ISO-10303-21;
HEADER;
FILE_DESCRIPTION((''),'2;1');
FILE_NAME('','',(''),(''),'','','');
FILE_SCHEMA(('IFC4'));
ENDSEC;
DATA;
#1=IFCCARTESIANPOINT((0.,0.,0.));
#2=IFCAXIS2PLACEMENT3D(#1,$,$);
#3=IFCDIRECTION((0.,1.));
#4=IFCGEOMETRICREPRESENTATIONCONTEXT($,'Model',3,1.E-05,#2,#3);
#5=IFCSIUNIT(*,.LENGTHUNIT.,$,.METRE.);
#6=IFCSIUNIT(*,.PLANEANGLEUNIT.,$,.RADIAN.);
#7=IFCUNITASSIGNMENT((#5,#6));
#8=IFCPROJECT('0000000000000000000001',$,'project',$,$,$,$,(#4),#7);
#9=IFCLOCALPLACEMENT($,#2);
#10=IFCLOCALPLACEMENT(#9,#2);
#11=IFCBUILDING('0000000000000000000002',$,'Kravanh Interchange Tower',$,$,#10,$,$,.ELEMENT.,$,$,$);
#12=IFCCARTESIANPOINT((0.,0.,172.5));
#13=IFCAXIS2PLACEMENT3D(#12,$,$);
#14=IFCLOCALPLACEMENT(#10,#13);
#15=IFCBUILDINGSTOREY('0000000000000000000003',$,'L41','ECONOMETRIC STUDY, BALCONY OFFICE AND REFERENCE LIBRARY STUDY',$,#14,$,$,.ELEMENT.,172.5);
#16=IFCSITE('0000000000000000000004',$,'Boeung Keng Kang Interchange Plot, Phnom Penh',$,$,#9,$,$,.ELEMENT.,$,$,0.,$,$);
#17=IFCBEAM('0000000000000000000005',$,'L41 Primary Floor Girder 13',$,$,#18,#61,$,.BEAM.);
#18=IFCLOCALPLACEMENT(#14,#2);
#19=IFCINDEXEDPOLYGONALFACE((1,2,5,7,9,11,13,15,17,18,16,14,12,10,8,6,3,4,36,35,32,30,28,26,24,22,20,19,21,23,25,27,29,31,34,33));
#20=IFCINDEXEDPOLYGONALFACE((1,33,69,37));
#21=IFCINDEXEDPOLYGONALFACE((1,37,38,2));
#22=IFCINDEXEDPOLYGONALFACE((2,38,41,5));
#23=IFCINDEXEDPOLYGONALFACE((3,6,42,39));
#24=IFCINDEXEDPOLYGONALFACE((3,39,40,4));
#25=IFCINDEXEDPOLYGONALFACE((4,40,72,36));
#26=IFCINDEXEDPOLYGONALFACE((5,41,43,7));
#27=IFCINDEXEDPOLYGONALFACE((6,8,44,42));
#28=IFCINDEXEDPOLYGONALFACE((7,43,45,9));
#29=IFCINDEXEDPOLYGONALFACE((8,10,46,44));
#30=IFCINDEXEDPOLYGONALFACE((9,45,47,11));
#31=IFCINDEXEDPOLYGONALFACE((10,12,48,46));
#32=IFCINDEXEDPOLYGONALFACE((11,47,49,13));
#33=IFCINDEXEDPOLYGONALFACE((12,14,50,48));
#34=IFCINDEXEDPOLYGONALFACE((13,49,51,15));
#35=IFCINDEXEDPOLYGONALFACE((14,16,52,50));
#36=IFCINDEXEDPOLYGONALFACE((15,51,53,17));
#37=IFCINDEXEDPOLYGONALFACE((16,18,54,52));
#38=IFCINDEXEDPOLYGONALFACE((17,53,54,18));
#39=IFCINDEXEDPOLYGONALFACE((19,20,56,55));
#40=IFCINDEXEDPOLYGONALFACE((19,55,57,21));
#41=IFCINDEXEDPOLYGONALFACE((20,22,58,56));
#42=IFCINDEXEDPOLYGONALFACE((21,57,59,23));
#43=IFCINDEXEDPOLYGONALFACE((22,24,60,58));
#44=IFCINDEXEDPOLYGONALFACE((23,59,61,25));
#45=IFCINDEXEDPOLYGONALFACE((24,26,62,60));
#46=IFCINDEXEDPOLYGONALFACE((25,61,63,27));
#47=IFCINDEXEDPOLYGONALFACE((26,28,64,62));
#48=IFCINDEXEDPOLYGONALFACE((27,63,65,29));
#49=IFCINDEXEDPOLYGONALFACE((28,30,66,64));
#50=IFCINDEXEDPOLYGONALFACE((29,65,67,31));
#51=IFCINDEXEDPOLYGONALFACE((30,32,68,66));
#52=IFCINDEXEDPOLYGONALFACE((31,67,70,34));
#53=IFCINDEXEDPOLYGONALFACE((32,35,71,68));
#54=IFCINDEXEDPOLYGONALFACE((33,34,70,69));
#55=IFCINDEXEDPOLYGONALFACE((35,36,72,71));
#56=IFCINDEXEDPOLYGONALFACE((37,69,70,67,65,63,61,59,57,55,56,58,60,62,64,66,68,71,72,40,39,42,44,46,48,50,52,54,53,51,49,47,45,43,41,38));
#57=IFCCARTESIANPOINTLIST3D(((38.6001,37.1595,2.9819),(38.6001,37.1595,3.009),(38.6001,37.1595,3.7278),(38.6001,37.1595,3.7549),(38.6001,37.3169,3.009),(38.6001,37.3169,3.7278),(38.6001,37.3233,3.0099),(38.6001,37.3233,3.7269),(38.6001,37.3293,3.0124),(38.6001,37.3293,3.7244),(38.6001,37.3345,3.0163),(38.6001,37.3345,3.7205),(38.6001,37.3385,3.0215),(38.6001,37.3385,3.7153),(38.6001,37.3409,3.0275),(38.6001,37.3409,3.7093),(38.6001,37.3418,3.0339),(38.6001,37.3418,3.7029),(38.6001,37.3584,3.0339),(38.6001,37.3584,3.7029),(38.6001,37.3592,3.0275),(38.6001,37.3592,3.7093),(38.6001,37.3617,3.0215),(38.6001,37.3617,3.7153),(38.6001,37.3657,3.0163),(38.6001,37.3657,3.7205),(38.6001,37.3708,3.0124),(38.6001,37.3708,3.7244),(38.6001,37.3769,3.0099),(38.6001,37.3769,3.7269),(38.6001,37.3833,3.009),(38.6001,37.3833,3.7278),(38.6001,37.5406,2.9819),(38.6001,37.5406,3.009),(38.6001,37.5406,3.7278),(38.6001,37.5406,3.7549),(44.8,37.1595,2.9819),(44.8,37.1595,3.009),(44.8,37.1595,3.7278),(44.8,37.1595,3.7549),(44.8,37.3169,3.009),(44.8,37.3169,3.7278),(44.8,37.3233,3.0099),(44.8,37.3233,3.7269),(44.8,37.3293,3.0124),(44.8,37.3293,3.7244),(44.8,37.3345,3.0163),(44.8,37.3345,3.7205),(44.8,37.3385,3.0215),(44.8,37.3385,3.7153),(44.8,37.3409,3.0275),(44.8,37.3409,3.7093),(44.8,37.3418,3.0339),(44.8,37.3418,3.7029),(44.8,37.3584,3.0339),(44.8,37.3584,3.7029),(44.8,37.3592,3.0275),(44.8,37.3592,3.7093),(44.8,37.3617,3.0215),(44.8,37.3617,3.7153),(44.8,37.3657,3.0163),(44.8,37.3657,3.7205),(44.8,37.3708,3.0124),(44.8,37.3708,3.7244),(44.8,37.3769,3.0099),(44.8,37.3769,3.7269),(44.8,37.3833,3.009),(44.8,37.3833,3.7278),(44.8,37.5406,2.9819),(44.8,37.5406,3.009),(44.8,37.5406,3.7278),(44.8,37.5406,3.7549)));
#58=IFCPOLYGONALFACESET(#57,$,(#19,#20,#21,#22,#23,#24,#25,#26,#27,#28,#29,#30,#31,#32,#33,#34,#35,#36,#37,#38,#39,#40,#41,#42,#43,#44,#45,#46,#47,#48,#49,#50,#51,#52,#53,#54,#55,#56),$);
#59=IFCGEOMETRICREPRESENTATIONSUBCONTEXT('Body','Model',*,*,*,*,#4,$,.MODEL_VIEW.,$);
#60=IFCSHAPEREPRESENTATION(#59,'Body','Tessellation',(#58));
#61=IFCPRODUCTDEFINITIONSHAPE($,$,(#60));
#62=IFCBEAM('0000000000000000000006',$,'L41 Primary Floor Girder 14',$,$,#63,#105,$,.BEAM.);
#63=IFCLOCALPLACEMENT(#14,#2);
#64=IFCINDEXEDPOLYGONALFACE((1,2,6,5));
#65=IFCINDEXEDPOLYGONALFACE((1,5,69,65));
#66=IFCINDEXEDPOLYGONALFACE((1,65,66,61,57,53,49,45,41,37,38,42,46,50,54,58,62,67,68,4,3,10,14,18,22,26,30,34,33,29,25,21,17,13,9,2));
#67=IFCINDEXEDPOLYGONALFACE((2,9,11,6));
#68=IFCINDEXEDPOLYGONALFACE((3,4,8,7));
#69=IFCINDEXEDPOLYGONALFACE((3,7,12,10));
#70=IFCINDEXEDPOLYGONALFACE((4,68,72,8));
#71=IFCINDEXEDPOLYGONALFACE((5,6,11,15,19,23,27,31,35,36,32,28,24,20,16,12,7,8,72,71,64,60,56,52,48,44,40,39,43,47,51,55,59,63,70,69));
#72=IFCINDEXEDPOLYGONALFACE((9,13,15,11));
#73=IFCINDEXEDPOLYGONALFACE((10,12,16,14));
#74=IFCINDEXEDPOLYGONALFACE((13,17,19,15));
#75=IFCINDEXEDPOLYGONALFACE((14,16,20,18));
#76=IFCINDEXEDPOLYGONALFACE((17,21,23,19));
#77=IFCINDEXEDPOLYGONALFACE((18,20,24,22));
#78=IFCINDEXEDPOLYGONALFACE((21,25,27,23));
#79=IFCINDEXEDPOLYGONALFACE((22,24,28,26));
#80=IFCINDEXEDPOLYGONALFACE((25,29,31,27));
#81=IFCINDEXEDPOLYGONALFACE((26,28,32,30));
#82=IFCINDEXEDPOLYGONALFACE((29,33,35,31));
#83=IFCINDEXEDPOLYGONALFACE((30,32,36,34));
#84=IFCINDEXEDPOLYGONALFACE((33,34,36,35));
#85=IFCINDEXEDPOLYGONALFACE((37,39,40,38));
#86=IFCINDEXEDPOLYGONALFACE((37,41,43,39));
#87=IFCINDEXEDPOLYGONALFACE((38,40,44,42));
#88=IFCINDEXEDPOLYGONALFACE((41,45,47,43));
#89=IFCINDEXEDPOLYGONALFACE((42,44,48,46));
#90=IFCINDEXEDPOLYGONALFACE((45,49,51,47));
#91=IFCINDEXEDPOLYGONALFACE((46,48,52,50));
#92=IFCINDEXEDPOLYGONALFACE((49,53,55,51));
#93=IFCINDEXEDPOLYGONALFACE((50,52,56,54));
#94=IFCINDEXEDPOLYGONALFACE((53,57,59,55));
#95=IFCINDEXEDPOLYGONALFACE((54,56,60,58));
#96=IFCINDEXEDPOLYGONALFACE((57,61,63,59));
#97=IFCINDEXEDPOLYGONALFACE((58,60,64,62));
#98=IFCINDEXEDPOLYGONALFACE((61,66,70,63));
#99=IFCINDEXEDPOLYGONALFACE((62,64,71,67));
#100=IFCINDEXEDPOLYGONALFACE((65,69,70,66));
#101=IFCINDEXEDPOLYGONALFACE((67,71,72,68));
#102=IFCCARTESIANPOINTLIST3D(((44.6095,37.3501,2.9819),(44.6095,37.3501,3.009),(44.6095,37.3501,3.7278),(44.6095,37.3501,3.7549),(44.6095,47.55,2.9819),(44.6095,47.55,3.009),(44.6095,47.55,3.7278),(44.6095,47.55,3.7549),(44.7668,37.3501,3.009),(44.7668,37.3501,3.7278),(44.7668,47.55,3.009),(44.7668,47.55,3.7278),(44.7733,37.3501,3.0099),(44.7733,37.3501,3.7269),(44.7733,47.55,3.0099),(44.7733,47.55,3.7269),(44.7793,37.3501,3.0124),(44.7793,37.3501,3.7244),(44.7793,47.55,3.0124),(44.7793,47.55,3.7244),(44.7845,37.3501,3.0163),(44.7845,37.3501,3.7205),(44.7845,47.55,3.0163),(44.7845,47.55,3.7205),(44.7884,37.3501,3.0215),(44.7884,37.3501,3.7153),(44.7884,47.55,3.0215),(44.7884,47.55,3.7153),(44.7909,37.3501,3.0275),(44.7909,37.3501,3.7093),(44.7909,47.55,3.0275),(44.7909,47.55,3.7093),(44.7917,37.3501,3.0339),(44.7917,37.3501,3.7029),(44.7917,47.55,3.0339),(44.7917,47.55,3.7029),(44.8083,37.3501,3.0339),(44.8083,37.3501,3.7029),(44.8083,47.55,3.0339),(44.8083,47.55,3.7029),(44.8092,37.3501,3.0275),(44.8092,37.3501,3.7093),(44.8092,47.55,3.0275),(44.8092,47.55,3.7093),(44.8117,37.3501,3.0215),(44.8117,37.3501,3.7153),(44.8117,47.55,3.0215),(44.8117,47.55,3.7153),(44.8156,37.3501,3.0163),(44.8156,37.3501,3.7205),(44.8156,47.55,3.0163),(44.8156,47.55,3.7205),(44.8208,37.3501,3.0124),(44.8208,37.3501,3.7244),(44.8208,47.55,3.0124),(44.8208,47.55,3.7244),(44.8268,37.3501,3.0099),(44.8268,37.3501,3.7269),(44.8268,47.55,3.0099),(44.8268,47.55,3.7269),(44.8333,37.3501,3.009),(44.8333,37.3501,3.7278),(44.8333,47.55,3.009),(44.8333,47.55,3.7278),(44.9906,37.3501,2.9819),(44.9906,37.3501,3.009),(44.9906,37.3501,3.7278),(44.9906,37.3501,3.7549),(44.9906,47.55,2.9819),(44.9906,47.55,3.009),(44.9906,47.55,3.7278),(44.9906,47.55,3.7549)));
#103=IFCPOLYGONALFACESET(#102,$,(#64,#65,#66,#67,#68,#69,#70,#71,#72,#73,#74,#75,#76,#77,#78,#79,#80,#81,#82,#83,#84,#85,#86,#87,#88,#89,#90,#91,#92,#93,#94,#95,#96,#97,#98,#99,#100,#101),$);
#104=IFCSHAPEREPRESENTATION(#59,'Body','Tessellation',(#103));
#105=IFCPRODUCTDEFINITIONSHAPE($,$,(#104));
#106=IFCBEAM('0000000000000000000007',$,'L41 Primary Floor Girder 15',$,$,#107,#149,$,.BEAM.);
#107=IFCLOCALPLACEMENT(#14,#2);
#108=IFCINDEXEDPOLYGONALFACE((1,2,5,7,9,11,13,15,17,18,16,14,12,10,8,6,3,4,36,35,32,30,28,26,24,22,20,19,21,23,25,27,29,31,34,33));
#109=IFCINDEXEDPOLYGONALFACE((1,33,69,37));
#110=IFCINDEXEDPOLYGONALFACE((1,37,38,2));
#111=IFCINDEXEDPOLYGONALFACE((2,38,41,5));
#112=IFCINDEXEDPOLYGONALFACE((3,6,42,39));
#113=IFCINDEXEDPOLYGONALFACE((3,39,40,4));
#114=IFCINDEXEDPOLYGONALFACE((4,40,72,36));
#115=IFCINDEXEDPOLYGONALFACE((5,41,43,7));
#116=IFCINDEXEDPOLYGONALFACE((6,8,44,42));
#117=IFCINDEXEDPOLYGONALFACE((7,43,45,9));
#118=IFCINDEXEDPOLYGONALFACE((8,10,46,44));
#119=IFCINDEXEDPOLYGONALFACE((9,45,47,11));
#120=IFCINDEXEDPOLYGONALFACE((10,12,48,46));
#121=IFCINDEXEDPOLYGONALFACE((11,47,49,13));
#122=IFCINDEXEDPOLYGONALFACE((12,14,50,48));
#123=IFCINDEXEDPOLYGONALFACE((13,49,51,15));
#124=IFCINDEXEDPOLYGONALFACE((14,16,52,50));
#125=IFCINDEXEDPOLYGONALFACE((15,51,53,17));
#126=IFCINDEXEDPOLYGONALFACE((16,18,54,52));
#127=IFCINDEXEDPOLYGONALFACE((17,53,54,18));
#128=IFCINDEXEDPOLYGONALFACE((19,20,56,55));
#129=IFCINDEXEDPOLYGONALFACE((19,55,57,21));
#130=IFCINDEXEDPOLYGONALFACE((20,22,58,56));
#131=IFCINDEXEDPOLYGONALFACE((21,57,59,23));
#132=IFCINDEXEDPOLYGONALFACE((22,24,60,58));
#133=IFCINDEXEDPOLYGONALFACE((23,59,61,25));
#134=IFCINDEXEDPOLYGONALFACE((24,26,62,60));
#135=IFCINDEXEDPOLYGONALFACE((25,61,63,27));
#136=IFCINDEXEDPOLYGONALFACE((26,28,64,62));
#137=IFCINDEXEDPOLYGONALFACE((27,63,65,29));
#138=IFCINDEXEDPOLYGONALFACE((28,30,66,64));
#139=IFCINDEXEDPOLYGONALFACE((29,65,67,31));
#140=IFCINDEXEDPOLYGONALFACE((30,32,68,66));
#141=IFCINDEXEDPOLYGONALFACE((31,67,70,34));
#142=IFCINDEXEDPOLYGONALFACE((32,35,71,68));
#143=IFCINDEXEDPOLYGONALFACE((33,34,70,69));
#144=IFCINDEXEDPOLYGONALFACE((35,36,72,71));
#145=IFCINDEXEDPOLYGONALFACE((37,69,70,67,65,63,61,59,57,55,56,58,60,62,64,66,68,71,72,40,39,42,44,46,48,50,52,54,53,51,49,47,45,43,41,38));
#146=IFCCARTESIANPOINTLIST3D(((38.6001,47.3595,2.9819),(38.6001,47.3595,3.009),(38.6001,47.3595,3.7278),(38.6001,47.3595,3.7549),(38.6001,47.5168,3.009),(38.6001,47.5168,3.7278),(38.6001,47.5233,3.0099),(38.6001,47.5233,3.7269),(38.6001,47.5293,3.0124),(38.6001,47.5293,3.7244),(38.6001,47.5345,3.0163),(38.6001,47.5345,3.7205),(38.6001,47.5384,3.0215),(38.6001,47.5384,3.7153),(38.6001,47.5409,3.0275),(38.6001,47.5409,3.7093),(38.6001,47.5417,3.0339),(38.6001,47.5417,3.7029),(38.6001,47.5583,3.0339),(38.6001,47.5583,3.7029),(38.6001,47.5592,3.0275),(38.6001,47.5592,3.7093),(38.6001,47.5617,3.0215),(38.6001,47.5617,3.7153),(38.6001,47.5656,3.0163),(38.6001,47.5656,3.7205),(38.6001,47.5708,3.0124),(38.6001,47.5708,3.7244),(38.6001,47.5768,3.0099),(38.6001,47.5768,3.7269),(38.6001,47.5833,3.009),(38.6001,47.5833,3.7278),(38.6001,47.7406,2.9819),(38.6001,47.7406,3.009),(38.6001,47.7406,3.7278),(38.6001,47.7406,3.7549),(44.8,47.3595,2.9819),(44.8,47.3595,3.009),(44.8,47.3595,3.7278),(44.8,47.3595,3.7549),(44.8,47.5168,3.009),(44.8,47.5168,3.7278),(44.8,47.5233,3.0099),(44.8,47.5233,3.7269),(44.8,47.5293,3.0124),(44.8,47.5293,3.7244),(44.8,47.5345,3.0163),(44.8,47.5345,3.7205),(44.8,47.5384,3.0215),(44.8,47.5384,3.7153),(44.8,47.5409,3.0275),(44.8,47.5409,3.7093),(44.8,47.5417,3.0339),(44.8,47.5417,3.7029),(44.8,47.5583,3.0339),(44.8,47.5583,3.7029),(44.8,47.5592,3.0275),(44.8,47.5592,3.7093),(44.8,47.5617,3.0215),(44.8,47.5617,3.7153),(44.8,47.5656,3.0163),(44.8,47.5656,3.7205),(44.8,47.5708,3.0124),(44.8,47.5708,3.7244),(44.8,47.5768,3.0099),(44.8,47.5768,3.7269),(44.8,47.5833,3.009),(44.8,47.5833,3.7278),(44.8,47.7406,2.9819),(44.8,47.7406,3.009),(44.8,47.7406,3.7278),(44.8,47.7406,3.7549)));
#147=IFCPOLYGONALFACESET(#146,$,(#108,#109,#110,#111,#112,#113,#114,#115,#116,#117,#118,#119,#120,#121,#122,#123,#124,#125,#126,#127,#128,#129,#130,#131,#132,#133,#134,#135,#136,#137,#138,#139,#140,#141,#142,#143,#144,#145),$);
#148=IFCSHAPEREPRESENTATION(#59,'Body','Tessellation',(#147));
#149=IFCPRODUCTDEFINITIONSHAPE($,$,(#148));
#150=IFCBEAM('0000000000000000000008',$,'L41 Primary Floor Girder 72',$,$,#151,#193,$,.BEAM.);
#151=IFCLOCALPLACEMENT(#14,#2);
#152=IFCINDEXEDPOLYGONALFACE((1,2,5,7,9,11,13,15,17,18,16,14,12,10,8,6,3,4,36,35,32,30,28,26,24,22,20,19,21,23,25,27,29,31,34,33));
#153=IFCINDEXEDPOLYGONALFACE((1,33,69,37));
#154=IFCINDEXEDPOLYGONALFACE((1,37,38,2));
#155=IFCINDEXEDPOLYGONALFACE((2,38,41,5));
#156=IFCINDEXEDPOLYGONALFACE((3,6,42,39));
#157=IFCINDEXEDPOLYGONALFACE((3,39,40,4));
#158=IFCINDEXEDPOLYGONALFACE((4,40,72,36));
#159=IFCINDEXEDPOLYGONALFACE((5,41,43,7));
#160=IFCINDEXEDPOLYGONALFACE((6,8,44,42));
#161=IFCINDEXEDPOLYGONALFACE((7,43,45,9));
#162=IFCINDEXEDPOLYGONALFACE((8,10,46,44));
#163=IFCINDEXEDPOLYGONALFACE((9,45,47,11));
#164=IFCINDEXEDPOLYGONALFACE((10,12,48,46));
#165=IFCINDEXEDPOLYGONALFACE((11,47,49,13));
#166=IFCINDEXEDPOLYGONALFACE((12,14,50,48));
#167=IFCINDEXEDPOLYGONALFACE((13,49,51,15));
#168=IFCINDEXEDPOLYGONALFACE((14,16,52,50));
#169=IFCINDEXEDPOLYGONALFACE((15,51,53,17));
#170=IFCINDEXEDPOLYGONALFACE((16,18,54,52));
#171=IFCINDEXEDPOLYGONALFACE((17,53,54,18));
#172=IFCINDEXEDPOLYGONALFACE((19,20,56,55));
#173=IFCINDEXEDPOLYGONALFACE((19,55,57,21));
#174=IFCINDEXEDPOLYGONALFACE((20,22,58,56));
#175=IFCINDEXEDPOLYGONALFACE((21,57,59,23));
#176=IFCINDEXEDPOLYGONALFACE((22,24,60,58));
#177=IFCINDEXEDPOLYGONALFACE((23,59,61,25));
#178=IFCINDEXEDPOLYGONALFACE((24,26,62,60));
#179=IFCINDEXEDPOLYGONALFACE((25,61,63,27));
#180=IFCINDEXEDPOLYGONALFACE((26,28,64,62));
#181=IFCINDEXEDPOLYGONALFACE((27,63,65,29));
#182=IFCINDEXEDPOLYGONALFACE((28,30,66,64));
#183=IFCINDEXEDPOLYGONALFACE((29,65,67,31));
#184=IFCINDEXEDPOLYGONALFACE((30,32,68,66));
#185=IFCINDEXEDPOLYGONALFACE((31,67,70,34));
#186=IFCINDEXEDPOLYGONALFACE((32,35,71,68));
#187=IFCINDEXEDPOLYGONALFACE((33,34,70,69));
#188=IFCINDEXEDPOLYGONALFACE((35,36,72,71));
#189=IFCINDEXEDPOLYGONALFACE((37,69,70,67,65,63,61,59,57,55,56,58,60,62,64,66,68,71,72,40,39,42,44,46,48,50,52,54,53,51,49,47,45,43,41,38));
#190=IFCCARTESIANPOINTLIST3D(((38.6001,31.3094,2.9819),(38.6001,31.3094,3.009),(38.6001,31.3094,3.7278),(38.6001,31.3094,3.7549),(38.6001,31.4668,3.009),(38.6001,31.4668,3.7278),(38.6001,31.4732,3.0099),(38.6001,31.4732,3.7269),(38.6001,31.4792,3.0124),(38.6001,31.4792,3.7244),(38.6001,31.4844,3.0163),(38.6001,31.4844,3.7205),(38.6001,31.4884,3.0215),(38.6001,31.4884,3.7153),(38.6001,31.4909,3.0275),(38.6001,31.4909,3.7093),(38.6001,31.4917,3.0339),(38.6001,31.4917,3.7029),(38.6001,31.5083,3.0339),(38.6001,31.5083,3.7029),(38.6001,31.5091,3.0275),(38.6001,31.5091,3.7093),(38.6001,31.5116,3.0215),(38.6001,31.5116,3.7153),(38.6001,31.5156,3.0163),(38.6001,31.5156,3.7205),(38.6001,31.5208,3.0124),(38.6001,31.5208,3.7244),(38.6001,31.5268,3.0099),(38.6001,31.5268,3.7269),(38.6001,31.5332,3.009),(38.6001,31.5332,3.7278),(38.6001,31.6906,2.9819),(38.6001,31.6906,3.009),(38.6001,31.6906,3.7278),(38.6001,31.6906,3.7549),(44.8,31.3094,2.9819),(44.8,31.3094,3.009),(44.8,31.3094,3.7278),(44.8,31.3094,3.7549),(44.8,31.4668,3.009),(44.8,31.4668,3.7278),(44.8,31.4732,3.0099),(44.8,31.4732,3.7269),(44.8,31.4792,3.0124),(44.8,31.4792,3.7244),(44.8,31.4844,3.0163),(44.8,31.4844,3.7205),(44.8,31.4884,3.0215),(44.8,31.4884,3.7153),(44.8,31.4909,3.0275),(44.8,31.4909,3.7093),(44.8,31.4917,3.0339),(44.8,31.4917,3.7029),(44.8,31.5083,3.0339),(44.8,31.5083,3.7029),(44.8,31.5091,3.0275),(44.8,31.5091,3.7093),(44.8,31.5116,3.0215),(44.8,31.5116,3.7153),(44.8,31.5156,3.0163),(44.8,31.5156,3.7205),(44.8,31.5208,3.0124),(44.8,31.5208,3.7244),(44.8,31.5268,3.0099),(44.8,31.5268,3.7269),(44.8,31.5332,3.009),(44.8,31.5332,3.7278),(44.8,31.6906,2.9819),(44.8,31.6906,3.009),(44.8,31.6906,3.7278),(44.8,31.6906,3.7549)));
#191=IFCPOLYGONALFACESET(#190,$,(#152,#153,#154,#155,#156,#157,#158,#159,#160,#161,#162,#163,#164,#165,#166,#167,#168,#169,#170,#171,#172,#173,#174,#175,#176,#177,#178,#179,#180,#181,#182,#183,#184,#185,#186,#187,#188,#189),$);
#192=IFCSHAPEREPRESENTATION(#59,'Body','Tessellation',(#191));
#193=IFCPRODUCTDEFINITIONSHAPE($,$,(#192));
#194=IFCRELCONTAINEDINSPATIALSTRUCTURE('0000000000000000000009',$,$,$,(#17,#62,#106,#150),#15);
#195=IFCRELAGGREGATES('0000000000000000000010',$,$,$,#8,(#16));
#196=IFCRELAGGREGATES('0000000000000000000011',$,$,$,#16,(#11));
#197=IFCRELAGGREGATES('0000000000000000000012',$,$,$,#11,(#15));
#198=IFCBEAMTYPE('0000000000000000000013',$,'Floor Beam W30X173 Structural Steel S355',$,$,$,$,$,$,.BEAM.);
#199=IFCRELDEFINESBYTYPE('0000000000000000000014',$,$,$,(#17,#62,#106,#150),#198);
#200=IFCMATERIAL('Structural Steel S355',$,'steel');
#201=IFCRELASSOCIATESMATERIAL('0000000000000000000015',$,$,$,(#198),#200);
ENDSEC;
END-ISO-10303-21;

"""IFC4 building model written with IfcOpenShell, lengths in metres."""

from ifc_helpers import new_model, si_unit, direction, frame, origin, origin_2d, place, context, subcontext, project, spatial, i_section, extrude, material, material_profile, profile_set, type_object, element, save


model = new_model("IFC4")

# Units and contexts
model_context = context("Model", 3, precision=1e-05, world=origin(), true_north=direction((0.0, 1.0)))
body_context = subcontext(model_context, "Body", "Model", "MODEL_VIEW")
ifc_project = project(units=[si_unit("LENGTHUNIT", "METRE"), si_unit("PLANEANGLEUNIT", "RADIAN")], contexts=[model_context])

# Site, building, storey
site_placement = place(None, origin())
site = spatial("IfcSite", under=ifc_project, at=site_placement, Name="Boeung Keng Kang Interchange Plot, Phnom Penh", CompositionType="ELEMENT", RefElevation=0.0)
building_placement = place(site_placement, origin())
building = spatial("IfcBuilding", under=site, at=building_placement, Name="Kravanh Interchange Tower", CompositionType="ELEMENT")
storey_placement = place(building_placement, frame((0.0, 0.0, 172.5)))
storey = spatial("IfcBuildingStorey", under=building, at=storey_placement, Name="L41", Description="ECONOMETRIC STUDY, BALCONY OFFICE AND REFERENCE LIBRARY STUDY", CompositionType="ELEMENT", Elevation=172.5)

# Beams
ifc_material_1 = material(Name="Structural Steel S355", Category="steel")
ifc_material_profile_1 = material_profile(ifc_material_1, i_section(OverallWidth=0.3811, OverallDepth=0.7729, WebThickness=0.0166, FlangeThickness=0.0271, FilletRadius=0.0249, at=origin_2d()), Name="W30X173")
ifc_profile_set_1 = profile_set([ifc_material_profile_1], Name="Structural Steel S355")
beam_type_1 = type_object("IfcBeamType", Name="Floor Beam W30X173 Structural Steel S355", PredefinedType="BEAM", material=ifc_profile_set_1)
beam_1_placement = place(storey_placement, frame((44.8, 37.3501, 3.3684), z_axis=(-1.0, 0.0, 0.0), x_axis=(0.0, -1.0, 0.0)))
element("IfcBeam", 1, at=beam_1_placement, inside=storey, type_object=beam_type_1, Name="L41 Primary Floor Girder 13", PredefinedType="BEAM", context=body_context, shape_type="SweptSolid", body=[
    extrude(i_section(OverallWidth=0.3811, OverallDepth=0.7729, WebThickness=0.0166, FlangeThickness=0.0271, FilletRadius=0.0249, at=origin_2d()), origin(), (0.0, 0.0, 1.0), 6.2),
])
beam_2_placement = place(storey_placement, frame((44.8, 37.3501, 3.3684), z_axis=(0.0, 1.0, 0.0), x_axis=(-1.0, 0.0, 0.0)))
element("IfcBeam", 2, at=beam_2_placement, inside=storey, type_object=beam_type_1, Name="L41 Primary Floor Girder 14", PredefinedType="BEAM", context=body_context, shape_type="SweptSolid", body=[
    extrude(i_section(OverallWidth=0.3811, OverallDepth=0.7729, WebThickness=0.0166, FlangeThickness=0.0271, FilletRadius=0.0249, at=origin_2d()), origin(), (0.0, 0.0, 1.0), 10.2),
])
for number, where, z_axis, x_axis, name in (
    (3, (44.8, 47.55, 3.3684), (-1.0, 0.0, 0.0), (0.0, -1.0, 0.0), "L41 Primary Floor Girder 15"),
    (4, (38.6001, 31.5, 3.3684), (1.0, 0.0, 0.0), (0.0, 1.0, 0.0), "L41 Primary Floor Girder 72"),
):
    element("IfcBeam", number, at=place(storey_placement, frame(where, z_axis=z_axis, x_axis=x_axis)), inside=storey, type_object=beam_type_1, Name=name, PredefinedType="BEAM", context=body_context, shape_type="SweptSolid", body=[
        extrude(i_section(OverallWidth=0.3811, OverallDepth=0.7729, WebThickness=0.0166, FlangeThickness=0.0271, FilletRadius=0.0249, at=origin_2d()), origin(), (0.0, 0.0, 1.0), 6.2),
    ])

save(model, "model.ifc")
